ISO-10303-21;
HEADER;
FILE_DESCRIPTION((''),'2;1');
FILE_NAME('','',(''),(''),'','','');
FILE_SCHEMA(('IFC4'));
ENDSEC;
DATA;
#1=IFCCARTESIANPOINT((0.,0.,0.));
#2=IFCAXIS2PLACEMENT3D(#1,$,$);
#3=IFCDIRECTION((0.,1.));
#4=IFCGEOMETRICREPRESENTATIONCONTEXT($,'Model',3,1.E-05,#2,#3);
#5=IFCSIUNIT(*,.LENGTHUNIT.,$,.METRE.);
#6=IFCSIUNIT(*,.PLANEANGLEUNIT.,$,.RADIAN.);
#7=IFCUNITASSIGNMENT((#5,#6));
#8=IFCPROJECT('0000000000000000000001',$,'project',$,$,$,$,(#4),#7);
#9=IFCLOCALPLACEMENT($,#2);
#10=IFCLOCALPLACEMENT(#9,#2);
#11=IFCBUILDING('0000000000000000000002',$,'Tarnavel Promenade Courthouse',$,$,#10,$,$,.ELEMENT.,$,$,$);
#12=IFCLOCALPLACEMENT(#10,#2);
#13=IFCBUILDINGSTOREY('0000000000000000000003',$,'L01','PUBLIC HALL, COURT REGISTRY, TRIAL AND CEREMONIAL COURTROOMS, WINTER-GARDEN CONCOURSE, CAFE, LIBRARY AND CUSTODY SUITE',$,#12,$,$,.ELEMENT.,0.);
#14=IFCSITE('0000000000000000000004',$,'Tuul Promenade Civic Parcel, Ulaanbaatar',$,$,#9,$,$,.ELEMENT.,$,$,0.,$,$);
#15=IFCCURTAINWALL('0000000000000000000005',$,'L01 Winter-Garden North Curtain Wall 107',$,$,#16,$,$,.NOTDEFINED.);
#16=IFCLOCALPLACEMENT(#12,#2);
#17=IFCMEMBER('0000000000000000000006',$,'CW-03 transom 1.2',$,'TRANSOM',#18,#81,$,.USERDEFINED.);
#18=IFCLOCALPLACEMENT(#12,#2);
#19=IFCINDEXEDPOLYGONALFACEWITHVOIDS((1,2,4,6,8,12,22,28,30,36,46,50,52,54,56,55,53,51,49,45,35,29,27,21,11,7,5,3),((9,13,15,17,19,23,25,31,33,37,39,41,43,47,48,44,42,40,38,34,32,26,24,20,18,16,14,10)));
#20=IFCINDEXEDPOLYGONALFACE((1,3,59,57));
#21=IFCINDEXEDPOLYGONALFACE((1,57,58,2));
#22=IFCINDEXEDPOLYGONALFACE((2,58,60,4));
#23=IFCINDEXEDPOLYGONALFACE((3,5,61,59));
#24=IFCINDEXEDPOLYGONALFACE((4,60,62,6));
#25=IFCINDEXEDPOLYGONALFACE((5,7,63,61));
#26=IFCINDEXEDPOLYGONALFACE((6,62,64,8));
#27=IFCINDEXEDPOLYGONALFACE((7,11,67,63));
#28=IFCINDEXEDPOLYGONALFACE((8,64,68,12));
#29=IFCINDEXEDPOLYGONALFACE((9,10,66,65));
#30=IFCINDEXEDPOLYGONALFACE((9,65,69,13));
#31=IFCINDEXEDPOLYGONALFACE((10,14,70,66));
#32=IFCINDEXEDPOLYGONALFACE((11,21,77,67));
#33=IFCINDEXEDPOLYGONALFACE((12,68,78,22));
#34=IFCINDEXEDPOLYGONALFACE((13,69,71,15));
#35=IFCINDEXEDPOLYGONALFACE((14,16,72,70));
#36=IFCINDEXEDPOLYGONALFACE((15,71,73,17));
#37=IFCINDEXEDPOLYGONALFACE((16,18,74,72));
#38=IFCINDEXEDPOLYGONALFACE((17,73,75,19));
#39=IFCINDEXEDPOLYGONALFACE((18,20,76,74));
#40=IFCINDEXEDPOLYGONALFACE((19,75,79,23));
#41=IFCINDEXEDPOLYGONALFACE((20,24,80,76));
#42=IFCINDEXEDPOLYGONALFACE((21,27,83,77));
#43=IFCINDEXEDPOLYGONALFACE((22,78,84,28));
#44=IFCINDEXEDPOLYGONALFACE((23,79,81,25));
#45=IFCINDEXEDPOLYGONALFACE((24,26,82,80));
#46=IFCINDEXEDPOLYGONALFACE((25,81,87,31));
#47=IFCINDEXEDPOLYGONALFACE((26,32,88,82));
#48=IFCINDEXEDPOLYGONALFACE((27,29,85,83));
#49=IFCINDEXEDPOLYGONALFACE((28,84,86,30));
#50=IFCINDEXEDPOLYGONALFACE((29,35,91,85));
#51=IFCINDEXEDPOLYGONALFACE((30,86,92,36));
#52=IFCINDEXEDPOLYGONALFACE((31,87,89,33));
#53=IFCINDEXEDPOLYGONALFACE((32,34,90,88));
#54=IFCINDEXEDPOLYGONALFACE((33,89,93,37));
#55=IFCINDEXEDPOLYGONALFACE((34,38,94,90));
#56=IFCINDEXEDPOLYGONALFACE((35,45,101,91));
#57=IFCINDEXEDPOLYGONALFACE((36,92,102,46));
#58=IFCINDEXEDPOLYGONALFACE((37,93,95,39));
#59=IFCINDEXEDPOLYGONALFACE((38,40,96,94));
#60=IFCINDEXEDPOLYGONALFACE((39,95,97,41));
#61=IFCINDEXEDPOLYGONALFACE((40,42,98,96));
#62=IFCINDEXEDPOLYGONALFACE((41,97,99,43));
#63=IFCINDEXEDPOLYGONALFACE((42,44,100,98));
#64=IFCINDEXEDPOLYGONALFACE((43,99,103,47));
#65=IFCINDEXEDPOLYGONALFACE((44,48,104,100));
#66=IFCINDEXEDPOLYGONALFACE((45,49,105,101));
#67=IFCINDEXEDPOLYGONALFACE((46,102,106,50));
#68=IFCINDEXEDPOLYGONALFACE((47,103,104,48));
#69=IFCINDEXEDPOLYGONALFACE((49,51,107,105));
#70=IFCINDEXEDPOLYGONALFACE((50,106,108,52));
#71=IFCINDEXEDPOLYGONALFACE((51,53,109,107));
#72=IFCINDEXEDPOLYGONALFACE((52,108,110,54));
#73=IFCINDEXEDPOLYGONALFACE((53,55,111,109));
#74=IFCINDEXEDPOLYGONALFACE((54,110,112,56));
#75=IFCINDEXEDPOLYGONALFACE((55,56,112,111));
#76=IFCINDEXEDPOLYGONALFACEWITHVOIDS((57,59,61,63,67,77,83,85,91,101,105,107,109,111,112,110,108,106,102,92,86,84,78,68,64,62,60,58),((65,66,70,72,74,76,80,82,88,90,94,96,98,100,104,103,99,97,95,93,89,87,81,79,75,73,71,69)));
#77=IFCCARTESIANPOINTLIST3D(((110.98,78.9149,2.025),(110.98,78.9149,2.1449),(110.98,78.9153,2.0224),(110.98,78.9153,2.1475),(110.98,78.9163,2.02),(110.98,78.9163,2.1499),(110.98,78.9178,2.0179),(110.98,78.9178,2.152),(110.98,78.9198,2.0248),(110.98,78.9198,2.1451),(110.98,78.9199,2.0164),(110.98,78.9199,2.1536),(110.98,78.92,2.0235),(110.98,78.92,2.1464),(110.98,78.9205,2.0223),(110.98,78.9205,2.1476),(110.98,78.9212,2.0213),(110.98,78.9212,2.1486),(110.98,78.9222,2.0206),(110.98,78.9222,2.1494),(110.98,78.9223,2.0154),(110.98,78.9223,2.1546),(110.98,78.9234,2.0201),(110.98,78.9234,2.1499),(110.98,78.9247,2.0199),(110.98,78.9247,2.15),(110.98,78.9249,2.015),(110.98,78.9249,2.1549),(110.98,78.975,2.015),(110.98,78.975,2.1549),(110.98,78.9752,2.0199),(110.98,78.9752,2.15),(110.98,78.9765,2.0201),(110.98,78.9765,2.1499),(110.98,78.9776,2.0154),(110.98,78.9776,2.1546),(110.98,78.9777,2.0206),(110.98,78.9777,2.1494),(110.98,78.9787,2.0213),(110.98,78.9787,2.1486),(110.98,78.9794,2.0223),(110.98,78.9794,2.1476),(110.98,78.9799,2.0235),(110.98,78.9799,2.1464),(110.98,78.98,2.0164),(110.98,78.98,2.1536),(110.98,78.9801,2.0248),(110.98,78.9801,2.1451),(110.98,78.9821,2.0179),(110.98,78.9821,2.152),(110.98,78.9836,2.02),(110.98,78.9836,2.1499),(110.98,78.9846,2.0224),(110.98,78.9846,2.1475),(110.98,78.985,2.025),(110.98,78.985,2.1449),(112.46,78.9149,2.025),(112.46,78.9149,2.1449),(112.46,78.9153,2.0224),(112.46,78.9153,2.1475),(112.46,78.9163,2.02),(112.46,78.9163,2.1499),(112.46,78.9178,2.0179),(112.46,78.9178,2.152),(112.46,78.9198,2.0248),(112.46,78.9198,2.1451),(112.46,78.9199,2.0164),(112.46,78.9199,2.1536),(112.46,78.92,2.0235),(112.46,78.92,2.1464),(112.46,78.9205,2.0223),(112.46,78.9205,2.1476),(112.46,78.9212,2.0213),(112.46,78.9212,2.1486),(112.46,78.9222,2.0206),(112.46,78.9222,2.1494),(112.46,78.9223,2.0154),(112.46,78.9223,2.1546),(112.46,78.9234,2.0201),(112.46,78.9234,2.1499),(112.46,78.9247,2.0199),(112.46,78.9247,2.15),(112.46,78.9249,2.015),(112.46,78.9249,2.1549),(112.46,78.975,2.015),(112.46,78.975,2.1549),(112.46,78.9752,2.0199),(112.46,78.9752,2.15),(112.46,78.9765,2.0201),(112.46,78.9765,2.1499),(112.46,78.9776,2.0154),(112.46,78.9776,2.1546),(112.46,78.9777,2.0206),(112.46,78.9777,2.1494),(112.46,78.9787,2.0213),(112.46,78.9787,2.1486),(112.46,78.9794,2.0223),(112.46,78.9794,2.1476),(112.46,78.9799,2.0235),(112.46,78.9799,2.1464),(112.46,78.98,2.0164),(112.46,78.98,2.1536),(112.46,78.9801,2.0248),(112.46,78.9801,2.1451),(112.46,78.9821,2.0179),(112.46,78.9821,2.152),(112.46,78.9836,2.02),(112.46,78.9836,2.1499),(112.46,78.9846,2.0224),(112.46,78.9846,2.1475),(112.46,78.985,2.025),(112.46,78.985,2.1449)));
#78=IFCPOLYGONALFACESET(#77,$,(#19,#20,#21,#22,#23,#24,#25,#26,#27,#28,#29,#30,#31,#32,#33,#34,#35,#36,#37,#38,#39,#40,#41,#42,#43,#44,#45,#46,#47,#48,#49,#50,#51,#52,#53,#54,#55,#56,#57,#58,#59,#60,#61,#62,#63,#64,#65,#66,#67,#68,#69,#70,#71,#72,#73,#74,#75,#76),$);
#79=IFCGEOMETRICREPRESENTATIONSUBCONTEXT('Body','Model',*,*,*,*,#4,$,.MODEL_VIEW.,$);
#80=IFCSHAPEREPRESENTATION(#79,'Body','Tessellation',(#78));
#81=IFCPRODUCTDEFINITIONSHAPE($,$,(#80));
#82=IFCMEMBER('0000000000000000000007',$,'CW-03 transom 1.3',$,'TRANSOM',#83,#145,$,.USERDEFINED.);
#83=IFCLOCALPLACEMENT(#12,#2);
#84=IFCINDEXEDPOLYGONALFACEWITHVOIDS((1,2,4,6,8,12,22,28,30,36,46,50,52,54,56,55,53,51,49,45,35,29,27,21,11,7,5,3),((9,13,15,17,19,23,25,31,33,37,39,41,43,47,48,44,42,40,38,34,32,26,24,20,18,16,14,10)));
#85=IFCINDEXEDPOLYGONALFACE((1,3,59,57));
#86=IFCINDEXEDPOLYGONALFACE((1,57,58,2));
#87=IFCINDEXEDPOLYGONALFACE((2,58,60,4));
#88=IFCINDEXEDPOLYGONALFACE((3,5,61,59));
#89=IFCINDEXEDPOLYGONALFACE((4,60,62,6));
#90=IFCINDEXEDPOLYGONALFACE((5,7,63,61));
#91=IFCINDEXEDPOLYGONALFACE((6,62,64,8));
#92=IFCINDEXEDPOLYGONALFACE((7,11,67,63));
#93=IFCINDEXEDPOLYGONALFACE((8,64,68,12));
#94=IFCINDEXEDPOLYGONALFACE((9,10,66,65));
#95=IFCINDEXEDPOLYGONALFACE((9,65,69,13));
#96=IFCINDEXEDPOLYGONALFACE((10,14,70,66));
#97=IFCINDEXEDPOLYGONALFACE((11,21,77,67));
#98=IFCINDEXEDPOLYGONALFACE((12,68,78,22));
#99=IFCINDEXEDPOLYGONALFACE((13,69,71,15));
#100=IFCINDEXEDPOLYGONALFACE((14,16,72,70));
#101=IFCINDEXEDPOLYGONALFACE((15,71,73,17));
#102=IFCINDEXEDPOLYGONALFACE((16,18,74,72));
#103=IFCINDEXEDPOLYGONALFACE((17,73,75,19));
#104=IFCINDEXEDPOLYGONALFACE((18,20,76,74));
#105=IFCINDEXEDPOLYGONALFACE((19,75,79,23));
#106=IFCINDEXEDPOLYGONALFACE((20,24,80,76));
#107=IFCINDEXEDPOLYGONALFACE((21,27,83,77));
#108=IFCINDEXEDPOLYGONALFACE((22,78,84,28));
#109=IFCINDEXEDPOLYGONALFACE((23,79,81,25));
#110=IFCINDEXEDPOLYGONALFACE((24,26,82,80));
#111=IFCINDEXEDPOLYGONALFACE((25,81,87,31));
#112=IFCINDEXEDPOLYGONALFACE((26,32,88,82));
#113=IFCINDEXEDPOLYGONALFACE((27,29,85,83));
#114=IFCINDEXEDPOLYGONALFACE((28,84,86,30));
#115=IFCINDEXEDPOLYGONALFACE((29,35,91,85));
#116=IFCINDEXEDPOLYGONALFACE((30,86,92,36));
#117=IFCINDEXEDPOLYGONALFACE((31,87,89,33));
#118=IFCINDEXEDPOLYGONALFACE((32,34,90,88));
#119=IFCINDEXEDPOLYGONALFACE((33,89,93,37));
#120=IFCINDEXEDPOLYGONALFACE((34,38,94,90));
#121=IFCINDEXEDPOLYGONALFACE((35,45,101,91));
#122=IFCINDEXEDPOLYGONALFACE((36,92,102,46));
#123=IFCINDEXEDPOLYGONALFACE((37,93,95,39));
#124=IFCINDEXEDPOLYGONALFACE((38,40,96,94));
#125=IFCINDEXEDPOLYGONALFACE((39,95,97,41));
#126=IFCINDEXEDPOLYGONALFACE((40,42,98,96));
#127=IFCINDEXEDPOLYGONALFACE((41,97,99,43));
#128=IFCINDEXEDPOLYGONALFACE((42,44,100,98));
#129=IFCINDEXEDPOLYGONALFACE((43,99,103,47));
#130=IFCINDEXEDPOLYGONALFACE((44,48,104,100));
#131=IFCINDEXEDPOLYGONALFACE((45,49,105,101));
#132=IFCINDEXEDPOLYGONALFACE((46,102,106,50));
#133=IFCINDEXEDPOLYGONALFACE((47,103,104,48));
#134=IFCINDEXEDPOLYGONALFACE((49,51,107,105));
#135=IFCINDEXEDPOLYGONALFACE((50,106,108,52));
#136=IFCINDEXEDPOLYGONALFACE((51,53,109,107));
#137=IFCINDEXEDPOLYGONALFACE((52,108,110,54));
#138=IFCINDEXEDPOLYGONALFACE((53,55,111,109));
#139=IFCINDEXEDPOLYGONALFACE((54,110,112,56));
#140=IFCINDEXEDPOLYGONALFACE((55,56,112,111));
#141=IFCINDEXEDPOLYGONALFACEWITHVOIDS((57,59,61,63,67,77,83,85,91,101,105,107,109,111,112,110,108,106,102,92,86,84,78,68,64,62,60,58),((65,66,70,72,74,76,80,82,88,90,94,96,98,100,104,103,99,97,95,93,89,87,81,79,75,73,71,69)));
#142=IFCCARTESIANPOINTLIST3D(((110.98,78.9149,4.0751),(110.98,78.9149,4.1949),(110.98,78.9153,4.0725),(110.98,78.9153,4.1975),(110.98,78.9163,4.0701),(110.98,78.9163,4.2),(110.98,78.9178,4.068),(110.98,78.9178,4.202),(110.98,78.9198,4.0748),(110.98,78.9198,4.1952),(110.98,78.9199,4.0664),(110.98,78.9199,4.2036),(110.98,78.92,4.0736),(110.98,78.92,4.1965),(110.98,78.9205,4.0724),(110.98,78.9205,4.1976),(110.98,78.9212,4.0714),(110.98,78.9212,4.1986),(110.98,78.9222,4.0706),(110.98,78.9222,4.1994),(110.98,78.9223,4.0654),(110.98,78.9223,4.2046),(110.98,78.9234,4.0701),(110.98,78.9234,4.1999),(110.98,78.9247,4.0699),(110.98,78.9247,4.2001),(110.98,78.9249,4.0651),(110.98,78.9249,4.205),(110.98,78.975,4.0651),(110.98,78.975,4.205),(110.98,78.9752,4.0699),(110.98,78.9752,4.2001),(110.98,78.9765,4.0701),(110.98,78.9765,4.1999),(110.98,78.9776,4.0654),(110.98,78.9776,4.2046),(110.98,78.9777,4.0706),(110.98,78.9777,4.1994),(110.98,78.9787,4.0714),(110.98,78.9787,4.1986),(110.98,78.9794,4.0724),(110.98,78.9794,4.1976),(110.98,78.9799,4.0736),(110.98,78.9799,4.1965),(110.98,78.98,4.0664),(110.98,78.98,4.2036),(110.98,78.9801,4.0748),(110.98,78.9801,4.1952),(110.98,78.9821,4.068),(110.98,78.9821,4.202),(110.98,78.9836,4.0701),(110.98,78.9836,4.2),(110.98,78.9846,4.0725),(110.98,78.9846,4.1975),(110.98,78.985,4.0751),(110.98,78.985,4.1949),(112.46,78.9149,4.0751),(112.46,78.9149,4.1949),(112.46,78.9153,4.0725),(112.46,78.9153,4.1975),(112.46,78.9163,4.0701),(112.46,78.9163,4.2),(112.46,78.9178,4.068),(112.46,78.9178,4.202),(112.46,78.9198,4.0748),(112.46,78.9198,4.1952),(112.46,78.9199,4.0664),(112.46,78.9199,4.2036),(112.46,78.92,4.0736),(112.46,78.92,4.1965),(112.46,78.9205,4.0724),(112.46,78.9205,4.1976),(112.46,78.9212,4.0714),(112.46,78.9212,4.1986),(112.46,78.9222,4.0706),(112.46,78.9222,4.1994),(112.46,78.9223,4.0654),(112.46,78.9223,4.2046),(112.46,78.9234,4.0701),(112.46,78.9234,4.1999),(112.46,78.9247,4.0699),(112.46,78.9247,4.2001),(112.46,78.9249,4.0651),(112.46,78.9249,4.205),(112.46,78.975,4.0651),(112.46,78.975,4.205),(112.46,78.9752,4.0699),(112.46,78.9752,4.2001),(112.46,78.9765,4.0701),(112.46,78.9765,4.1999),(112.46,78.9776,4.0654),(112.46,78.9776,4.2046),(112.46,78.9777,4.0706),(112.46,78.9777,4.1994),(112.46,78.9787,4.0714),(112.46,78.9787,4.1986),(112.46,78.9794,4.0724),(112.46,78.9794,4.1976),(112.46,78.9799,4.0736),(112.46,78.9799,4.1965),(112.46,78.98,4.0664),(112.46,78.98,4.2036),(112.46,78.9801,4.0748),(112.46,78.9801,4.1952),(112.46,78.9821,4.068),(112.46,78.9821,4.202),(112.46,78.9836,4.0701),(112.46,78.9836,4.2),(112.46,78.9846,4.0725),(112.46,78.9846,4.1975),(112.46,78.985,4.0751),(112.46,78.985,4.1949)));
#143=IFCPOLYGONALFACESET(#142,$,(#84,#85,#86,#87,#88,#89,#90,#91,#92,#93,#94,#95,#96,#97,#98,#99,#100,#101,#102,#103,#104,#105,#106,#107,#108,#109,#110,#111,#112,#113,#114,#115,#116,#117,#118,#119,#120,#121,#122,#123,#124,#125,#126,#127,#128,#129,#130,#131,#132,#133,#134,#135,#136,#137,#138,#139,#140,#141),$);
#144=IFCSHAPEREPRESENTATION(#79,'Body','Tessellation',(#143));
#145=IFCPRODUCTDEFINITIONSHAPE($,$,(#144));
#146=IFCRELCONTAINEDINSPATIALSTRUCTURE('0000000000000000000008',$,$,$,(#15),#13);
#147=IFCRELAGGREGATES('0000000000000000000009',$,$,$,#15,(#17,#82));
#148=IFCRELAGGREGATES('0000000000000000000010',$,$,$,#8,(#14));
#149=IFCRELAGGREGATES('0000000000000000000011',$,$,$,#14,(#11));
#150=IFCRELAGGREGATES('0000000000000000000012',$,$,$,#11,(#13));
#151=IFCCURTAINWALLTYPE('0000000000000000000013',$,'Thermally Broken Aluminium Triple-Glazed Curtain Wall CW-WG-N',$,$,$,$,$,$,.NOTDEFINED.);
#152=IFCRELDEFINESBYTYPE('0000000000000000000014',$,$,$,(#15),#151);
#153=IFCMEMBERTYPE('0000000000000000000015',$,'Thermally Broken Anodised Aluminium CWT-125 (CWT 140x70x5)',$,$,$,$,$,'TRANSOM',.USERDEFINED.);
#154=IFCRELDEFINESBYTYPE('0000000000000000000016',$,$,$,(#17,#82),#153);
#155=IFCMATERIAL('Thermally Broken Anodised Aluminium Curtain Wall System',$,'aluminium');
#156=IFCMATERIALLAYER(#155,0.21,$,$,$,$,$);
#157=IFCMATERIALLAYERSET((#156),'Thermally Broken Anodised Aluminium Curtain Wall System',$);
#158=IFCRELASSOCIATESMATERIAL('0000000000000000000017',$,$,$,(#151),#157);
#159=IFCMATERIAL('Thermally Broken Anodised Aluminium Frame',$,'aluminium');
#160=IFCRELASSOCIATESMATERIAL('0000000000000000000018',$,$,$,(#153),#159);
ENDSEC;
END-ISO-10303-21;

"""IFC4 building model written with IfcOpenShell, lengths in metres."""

from ifc_helpers import new_model, si_unit, direction, frame, origin, origin_2d, place, context, subcontext, project, spatial, hollow_rectangle, extrude, material, layer, layer_set, material_profile, profile_set, type_object, element, aggregate, save


model = new_model("IFC4")

# Units and contexts
model_context = context("Model", 3, precision=1e-05, world=origin(), true_north=direction((0.0, 1.0)))
body_context = subcontext(model_context, "Body", "Model", "MODEL_VIEW")
ifc_project = project(units=[si_unit("LENGTHUNIT", "METRE"), si_unit("PLANEANGLEUNIT", "RADIAN")], contexts=[model_context])

# Site, building, storey
site_placement = place(None, origin())
site = spatial("IfcSite", under=ifc_project, at=site_placement, Name="Tuul Promenade Civic Parcel, Ulaanbaatar", CompositionType="ELEMENT", RefElevation=0.0)
building_placement = place(site_placement, origin())
building = spatial("IfcBuilding", under=site, at=building_placement, Name="Tarnavel Promenade Courthouse", CompositionType="ELEMENT")
storey_placement = place(building_placement, origin())
storey = spatial("IfcBuildingStorey", under=building, at=storey_placement, Name="L01", Description="PUBLIC HALL, COURT REGISTRY, TRIAL AND CEREMONIAL COURTROOMS, WINTER-GARDEN CONCOURSE, CAFE, LIBRARY AND CUSTODY SUITE", CompositionType="ELEMENT", Elevation=0.0)

# Curtain wall, members
ifc_material_1 = material(Name="Thermally Broken Anodised Aluminium Curtain Wall System", Category="aluminium")
ifc_layer_1 = layer(ifc_material_1, 0.21)
ifc_layer_set_1 = layer_set([ifc_layer_1], Name="Thermally Broken Anodised Aluminium Curtain Wall System")
curtain_wall_type = type_object("IfcCurtainWallType", Name="Thermally Broken Aluminium Triple-Glazed Curtain Wall CW-WG-N", PredefinedType="NOTDEFINED", material=ifc_layer_set_1)
curtain_wall_placement = place(storey_placement, origin())
curtain_wall = element("IfcCurtainWall", 1, at=curtain_wall_placement, inside=storey, type_object=curtain_wall_type, Name="L01 Winter-Garden North Curtain Wall 107", PredefinedType="NOTDEFINED")
ifc_material_2 = material(Name="Thermally Broken Anodised Aluminium Frame", Category="aluminium")
ifc_material_profile_1 = material_profile(ifc_material_2, hollow_rectangle(XDim=0.0701, YDim=0.1399, WallThickness=0.0049, InnerFilletRadius=0.0049, OuterFilletRadius=0.01, at=origin_2d()), Name="CWT 140x70x5")
ifc_profile_set_1 = profile_set([ifc_material_profile_1], Name="Thermally Broken Anodised Aluminium Frame")
member_type_1 = type_object("IfcMemberType", Name="Thermally Broken Anodised Aluminium CWT-125 (CWT 140x70x5)", ElementType="TRANSOM", PredefinedType="USERDEFINED", material=ifc_profile_set_1)
member_1_placement = place(storey_placement, frame((110.98, 78.95, 2.085), z_axis=(1.0, 0.0, 0.0), x_axis=(0.0, 1.0, 0.0)))
member_1 = element("IfcMember", 2, at=member_1_placement, type_object=member_type_1, Name="CW-03 transom 1.2", ObjectType="TRANSOM", PredefinedType="USERDEFINED", context=body_context, shape_type="SweptSolid", body=[
    extrude(hollow_rectangle(XDim=0.0701, YDim=0.1399, WallThickness=0.0049, InnerFilletRadius=0.0049, OuterFilletRadius=0.01, at=origin_2d()), origin(), (0.0, 0.0, 1.0), 1.48),
])
member_2_placement = place(storey_placement, frame((110.98, 78.95, 4.135), z_axis=(1.0, 0.0, 0.0), x_axis=(0.0, 1.0, 0.0)))
member_2 = element("IfcMember", 3, at=member_2_placement, type_object=member_type_1, Name="CW-03 transom 1.3", ObjectType="TRANSOM", PredefinedType="USERDEFINED", context=body_context, shape_type="SweptSolid", body=[
    extrude(hollow_rectangle(XDim=0.0701, YDim=0.1399, WallThickness=0.0049, InnerFilletRadius=0.0049, OuterFilletRadius=0.01, at=origin_2d()), origin(), (0.0, 0.0, 1.0), 1.48),
])
aggregate(curtain_wall, [member_1, member_2])

save(model, "model.ifc")
